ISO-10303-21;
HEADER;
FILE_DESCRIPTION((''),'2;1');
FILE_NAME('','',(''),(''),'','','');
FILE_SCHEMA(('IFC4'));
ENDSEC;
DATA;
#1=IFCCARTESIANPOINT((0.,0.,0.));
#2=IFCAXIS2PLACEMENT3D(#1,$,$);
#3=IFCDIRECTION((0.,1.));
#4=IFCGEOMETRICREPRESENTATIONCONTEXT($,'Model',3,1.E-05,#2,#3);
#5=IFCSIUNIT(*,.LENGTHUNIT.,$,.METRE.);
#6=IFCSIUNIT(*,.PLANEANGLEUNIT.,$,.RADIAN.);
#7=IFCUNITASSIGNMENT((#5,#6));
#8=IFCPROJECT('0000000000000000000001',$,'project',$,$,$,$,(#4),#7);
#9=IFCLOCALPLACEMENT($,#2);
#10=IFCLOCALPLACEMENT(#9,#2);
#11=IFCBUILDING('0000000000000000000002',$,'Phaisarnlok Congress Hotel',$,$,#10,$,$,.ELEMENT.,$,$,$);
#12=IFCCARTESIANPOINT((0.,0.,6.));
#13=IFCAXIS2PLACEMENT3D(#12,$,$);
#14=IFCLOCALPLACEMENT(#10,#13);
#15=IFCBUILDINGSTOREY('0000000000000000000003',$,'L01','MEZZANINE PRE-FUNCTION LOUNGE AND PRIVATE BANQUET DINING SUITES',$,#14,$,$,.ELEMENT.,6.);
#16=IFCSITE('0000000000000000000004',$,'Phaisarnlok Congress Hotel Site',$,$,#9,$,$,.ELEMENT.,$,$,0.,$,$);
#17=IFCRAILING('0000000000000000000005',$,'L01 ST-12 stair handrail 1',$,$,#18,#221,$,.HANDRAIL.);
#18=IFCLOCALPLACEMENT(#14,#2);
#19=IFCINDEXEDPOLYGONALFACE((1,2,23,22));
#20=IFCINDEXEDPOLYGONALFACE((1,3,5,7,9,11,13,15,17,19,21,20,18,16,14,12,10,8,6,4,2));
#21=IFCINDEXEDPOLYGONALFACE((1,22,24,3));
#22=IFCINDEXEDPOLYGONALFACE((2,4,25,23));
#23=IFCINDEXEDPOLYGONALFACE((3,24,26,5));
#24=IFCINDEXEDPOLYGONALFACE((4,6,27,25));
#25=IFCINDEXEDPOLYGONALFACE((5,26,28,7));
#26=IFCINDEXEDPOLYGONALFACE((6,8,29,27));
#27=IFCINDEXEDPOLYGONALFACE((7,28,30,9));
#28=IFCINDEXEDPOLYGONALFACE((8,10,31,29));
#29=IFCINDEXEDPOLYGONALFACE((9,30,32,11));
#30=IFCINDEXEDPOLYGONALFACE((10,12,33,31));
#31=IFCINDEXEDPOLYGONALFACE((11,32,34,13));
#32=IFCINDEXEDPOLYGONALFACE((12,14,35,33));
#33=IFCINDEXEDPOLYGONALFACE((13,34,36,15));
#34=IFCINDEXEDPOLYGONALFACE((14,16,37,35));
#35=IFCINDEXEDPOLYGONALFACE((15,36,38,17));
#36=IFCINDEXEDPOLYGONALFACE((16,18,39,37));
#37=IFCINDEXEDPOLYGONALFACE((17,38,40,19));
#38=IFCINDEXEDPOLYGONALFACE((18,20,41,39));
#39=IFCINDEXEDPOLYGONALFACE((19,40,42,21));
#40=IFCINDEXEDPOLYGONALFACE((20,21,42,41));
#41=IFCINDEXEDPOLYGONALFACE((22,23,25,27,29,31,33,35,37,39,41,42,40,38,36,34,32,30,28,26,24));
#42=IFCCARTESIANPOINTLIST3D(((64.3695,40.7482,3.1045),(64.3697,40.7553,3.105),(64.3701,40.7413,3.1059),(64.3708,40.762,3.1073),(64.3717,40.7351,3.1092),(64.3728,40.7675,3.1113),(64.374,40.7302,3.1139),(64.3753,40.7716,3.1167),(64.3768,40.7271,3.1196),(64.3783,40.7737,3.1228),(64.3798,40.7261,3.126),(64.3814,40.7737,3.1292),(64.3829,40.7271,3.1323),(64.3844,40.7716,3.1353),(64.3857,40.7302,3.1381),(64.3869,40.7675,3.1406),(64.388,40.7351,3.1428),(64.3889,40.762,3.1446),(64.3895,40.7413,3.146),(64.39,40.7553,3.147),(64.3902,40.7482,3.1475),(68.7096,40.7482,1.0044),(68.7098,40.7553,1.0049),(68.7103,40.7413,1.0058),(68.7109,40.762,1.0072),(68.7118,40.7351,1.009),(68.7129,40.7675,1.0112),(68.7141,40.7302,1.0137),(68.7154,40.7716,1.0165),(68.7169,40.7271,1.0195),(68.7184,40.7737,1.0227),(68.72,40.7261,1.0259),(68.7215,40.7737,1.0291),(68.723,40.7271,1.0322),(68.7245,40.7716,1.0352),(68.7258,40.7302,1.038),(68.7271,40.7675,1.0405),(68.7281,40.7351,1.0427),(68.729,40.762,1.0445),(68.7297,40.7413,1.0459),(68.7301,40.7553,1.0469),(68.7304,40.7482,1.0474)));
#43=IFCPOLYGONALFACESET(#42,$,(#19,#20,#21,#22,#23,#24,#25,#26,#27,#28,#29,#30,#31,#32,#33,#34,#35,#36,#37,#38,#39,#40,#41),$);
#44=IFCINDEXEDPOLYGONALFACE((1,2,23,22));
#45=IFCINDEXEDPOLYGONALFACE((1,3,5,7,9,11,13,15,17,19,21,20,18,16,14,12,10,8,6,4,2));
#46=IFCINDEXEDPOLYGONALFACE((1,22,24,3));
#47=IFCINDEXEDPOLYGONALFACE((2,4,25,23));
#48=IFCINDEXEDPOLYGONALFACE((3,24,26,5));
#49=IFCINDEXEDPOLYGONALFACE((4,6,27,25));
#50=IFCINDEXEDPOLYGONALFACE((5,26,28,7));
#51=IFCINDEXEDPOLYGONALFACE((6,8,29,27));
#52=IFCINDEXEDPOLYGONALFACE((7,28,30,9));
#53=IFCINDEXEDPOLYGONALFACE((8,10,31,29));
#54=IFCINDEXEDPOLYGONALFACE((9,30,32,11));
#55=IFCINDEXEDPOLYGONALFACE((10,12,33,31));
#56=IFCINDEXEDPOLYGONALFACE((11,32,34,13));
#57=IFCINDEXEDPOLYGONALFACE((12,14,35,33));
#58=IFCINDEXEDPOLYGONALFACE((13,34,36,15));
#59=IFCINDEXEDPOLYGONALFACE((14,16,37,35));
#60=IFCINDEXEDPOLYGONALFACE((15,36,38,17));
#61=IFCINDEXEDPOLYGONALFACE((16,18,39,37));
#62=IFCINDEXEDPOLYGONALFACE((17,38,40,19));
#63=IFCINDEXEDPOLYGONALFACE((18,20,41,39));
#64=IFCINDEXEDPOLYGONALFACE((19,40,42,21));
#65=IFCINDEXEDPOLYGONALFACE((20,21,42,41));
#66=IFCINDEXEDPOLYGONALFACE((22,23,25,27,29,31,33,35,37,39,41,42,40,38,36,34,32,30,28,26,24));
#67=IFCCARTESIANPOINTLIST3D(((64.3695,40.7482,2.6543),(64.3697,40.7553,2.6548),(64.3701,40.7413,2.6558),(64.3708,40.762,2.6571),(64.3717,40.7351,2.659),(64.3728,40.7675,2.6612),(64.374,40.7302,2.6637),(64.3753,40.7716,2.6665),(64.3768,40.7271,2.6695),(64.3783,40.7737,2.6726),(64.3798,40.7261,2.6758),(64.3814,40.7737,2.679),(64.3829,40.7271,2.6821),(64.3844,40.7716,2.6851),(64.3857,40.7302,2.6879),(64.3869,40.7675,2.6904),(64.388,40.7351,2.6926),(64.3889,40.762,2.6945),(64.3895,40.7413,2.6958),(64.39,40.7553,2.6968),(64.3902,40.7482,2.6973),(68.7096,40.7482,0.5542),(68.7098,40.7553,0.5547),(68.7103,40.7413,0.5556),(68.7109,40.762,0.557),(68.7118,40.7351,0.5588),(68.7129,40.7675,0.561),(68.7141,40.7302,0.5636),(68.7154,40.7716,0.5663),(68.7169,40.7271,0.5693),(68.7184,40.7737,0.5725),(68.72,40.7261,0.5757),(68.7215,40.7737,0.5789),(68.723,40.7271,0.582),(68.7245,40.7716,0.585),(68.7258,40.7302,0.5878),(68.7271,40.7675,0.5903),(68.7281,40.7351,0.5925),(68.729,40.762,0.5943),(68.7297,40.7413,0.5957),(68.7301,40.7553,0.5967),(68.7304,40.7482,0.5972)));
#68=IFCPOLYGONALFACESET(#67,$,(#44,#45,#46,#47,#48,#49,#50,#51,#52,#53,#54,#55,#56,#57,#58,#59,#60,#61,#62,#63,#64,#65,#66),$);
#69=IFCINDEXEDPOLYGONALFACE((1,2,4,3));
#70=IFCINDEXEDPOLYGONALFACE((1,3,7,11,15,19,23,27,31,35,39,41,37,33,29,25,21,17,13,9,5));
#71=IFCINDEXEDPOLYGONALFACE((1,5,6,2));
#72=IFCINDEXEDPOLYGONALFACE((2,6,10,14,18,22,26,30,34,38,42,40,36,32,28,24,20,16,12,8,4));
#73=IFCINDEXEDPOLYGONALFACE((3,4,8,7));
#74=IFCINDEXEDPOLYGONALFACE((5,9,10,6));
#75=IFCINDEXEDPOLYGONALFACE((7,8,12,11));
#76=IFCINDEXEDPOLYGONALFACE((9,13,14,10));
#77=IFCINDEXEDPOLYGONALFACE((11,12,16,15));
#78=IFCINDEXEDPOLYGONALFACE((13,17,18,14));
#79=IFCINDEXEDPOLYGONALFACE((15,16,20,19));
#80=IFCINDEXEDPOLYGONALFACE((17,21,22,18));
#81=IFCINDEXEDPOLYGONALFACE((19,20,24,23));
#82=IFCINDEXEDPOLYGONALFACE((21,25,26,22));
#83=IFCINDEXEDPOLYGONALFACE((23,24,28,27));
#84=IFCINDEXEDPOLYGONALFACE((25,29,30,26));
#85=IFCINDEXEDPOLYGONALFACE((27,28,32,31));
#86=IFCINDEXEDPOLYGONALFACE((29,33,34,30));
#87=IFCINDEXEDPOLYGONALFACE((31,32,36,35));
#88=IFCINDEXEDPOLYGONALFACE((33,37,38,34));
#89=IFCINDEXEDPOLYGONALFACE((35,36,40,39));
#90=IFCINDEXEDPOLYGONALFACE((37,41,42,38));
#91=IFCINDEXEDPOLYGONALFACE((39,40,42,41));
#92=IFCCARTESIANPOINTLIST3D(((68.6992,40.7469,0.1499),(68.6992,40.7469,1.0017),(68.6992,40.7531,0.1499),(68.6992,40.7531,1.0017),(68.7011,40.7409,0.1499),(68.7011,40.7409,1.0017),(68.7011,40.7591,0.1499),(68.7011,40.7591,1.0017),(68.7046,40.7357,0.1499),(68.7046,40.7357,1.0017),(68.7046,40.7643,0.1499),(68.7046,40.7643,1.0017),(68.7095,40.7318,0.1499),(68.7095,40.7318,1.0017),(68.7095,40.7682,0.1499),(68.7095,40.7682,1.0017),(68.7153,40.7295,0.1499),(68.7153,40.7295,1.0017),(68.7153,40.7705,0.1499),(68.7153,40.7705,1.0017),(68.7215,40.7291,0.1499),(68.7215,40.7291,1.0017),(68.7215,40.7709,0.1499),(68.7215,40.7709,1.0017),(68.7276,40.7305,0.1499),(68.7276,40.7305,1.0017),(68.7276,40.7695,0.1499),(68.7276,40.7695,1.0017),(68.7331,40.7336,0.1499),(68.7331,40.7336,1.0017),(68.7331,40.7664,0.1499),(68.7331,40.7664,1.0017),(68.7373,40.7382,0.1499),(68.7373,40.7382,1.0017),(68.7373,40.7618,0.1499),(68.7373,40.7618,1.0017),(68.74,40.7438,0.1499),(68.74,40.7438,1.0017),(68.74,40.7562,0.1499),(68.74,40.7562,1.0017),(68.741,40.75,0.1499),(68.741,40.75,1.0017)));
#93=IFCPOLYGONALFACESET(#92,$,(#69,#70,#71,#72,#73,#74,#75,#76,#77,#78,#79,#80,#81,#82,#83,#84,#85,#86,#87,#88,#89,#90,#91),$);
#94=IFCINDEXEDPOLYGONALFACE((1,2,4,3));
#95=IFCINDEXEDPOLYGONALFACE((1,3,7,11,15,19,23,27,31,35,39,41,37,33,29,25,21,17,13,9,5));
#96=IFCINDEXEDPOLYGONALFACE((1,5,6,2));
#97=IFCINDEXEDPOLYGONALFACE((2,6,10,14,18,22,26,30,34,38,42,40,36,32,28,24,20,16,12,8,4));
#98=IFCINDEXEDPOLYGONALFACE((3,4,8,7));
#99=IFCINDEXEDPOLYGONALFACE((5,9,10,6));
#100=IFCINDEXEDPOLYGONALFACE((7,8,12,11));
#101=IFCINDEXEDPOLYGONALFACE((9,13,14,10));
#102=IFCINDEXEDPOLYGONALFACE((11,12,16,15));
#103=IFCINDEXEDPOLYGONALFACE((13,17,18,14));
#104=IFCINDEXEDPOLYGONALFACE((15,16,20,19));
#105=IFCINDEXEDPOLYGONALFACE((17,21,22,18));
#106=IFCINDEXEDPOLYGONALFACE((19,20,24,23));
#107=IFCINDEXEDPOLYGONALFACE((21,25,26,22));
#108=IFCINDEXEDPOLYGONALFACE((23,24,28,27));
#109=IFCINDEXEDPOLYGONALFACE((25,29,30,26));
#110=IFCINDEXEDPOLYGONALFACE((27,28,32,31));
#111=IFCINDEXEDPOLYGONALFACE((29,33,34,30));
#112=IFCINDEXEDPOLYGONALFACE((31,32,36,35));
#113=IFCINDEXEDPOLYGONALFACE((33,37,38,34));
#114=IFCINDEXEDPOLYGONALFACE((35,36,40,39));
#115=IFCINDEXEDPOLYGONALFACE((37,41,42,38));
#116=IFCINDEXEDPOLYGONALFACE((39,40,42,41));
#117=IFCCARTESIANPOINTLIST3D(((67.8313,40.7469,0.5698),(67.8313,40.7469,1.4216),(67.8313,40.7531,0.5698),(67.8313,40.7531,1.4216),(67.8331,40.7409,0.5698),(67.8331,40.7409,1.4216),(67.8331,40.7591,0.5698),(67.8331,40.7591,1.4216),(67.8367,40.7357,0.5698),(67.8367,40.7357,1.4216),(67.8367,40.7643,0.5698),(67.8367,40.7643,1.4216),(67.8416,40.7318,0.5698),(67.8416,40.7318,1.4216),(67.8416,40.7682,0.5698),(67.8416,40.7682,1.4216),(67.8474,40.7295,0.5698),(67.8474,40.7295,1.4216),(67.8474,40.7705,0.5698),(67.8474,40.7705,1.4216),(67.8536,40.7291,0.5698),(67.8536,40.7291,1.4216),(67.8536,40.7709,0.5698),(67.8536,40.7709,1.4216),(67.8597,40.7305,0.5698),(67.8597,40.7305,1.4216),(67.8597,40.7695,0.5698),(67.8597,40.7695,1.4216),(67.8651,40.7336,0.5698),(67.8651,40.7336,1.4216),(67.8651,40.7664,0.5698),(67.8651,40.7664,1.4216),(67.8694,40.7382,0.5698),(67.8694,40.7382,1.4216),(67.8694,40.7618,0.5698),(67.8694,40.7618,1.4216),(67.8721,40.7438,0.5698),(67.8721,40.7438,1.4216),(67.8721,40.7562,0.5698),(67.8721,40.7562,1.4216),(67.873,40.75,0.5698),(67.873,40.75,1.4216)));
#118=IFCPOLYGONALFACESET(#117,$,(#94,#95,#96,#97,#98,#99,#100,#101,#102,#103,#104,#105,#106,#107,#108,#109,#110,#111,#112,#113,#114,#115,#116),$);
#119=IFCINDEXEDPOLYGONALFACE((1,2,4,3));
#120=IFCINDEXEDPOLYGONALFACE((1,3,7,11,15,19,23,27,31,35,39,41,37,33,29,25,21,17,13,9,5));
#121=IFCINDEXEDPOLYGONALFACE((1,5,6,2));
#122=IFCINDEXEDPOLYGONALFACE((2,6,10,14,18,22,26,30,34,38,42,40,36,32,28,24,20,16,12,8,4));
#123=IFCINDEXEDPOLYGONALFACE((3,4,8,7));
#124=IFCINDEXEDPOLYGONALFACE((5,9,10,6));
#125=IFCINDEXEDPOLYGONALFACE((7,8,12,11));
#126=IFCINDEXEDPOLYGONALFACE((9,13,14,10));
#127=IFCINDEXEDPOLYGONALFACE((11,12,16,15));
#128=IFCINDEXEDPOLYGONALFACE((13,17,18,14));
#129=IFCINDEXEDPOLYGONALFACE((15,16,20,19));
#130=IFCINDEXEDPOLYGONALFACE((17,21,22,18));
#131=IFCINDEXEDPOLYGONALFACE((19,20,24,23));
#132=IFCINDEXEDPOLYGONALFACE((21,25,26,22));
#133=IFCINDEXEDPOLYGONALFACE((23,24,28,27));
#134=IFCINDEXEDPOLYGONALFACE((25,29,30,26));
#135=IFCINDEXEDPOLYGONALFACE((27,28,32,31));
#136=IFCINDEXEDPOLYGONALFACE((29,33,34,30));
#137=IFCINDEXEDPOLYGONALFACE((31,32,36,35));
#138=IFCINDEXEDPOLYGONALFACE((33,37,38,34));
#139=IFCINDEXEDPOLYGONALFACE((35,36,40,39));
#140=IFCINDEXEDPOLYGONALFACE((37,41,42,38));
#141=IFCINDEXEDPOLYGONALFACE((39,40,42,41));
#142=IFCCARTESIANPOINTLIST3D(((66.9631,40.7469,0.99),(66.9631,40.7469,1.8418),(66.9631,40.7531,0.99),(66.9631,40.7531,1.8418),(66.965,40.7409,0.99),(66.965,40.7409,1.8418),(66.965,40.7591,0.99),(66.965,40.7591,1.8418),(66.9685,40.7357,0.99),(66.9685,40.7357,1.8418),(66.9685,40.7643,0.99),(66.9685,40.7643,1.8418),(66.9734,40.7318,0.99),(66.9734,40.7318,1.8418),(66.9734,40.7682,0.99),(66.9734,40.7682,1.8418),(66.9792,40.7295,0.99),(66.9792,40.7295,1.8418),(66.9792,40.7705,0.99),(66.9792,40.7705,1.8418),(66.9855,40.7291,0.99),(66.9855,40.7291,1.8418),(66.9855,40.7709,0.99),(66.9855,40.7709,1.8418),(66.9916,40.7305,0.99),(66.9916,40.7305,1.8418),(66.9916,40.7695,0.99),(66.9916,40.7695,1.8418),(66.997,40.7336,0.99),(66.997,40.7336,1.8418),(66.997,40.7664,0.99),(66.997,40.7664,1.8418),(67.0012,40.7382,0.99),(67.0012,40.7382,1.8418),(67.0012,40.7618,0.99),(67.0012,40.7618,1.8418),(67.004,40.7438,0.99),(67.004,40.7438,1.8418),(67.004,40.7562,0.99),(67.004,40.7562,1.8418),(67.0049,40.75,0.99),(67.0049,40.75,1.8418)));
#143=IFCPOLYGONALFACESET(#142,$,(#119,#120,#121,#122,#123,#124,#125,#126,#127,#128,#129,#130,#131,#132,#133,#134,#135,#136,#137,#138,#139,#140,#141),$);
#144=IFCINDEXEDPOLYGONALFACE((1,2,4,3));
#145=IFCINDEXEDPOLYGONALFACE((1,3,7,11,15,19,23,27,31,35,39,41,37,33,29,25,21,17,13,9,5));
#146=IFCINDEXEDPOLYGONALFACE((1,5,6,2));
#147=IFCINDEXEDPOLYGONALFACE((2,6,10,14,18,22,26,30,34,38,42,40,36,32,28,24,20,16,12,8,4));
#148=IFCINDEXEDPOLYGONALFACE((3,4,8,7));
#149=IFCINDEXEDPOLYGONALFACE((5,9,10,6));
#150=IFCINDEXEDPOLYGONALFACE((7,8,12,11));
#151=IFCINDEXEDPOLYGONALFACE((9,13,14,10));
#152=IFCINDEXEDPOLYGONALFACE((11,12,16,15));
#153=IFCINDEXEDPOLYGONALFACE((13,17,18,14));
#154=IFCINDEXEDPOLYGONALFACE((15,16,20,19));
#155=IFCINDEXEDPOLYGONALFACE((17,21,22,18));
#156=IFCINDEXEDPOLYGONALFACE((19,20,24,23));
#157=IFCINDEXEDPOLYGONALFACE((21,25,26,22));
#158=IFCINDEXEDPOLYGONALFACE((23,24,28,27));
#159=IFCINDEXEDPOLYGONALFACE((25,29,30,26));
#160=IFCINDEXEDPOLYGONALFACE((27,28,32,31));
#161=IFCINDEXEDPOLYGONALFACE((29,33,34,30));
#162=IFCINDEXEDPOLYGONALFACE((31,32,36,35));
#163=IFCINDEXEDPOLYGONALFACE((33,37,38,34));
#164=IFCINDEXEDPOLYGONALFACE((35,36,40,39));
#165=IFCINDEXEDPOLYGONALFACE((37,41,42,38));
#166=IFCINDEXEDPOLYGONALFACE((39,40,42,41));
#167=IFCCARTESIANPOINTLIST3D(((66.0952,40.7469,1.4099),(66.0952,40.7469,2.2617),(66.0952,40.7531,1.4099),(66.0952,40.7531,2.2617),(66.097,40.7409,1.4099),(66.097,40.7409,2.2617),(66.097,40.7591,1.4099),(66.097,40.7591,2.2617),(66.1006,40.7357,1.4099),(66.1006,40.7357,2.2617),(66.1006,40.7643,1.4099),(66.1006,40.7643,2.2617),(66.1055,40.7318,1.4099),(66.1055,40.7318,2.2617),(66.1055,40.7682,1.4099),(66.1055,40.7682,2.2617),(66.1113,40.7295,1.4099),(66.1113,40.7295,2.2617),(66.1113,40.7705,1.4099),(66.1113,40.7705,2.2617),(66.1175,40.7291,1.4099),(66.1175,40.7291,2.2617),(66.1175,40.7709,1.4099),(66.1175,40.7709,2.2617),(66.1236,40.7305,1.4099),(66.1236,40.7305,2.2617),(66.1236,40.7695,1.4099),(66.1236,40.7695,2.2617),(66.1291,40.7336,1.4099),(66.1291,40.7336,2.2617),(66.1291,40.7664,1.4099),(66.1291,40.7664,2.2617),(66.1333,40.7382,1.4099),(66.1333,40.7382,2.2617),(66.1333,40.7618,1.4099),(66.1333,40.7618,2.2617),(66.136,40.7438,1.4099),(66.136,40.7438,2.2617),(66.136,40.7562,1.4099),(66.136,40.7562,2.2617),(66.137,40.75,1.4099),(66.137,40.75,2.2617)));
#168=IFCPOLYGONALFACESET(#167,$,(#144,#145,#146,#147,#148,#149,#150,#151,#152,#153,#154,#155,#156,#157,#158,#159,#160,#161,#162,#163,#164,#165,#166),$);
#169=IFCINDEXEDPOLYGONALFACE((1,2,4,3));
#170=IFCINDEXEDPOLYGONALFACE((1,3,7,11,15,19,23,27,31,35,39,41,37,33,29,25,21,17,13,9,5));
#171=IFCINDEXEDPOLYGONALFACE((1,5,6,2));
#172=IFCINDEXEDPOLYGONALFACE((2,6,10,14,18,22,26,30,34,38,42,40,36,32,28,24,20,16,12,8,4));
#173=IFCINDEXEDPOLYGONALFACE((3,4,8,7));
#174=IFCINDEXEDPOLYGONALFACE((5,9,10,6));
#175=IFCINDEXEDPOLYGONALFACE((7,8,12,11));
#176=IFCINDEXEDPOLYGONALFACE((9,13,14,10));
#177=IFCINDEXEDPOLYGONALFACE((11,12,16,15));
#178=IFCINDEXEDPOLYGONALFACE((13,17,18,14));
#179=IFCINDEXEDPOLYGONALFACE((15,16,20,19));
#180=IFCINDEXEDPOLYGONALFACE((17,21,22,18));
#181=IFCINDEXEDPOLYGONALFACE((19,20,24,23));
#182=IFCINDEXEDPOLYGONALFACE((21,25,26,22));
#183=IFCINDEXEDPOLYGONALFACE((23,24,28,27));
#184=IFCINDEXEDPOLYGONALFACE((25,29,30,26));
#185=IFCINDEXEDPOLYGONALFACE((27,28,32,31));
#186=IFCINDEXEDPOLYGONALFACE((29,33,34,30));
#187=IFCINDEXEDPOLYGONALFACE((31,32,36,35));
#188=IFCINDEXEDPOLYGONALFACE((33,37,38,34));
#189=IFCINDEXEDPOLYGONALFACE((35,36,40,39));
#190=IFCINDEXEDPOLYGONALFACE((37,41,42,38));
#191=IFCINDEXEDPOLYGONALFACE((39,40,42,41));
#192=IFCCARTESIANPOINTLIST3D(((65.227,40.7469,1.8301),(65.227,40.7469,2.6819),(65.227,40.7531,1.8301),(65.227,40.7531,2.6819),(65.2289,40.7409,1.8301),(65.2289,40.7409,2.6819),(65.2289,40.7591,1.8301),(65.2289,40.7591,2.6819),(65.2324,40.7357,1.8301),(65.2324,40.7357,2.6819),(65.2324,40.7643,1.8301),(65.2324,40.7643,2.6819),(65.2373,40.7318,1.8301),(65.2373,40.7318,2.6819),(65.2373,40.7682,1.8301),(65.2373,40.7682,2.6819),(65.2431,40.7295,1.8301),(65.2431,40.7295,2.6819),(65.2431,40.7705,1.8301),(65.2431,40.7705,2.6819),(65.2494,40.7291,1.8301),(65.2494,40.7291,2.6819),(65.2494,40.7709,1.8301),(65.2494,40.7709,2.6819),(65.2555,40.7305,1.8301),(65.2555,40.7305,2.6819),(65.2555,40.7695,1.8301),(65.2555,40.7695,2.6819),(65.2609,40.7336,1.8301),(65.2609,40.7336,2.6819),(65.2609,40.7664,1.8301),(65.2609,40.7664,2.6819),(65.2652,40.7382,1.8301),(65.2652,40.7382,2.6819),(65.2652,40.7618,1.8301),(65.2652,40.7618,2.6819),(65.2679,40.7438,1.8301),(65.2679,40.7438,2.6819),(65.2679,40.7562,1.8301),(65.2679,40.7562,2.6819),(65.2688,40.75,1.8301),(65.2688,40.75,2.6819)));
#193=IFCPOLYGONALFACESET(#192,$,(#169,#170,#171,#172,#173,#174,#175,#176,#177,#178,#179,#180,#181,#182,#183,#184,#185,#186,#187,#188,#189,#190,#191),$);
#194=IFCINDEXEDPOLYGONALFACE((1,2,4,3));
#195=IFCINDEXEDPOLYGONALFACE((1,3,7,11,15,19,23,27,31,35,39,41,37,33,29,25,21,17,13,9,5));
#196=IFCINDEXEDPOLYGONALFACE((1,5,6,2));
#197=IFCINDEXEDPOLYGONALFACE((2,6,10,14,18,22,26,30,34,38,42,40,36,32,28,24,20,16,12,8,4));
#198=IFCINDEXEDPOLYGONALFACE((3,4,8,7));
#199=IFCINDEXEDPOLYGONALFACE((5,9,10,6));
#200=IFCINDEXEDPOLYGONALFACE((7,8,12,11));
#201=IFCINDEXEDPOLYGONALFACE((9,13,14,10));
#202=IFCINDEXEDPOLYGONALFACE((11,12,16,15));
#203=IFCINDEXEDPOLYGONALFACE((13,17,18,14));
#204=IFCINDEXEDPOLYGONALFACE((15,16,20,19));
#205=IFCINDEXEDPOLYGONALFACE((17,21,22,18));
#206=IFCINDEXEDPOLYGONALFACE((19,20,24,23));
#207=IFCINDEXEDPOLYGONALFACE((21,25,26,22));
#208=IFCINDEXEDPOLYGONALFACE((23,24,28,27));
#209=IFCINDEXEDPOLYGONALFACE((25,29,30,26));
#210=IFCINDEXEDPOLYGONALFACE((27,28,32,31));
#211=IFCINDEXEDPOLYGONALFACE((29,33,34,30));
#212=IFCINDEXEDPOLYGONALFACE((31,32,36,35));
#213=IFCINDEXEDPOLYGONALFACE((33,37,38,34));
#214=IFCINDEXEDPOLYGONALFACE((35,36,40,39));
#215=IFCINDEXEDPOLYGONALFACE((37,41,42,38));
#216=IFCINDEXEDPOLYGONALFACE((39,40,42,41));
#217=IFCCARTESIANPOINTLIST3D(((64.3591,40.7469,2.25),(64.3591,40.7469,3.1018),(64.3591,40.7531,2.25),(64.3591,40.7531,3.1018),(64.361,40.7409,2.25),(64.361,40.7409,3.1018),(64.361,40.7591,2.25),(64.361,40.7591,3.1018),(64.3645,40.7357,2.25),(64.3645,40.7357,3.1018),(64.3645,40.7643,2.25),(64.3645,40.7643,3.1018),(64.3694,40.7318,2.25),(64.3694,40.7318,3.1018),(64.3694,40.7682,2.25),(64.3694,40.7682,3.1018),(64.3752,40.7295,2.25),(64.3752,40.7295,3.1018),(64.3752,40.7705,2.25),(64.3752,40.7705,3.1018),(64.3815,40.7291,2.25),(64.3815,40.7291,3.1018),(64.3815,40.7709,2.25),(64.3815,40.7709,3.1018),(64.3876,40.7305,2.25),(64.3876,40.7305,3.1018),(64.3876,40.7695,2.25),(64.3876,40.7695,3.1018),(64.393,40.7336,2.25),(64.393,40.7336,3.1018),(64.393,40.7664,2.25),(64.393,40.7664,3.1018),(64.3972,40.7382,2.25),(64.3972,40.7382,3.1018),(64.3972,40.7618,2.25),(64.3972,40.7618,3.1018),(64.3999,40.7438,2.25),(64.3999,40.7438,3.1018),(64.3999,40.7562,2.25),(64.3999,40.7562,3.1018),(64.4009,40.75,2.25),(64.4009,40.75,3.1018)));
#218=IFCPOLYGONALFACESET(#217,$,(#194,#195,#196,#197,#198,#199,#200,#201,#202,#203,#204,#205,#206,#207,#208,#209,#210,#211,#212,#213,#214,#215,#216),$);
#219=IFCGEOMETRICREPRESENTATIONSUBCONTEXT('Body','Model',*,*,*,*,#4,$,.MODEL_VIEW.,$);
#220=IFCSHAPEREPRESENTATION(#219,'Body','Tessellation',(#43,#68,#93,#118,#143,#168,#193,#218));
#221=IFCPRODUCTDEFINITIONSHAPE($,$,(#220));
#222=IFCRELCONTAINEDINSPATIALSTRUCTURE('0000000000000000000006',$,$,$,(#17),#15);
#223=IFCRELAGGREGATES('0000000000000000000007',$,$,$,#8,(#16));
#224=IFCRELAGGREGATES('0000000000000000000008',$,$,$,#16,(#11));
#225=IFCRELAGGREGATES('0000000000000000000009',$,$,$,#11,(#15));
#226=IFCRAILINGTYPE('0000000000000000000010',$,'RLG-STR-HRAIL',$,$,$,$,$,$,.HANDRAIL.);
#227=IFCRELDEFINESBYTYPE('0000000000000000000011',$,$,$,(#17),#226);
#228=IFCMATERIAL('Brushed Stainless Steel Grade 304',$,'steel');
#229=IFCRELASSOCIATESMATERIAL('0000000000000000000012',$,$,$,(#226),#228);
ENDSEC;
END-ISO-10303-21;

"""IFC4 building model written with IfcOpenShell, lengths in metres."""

from ifc_helpers import new_model, si_unit, direction, frame, origin, origin_2d, place, context, subcontext, project, spatial, circle, extrude, material, type_object, element, save


model = new_model("IFC4")

# Units and contexts
model_context = context("Model", 3, precision=1e-05, world=origin(), true_north=direction((0.0, 1.0)))
body_context = subcontext(model_context, "Body", "Model", "MODEL_VIEW")
ifc_project = project(units=[si_unit("LENGTHUNIT", "METRE"), si_unit("PLANEANGLEUNIT", "RADIAN")], contexts=[model_context])

# Site, building, storey
site_placement = place(None, origin())
site = spatial("IfcSite", under=ifc_project, at=site_placement, Name="Phaisarnlok Congress Hotel Site", CompositionType="ELEMENT", RefElevation=0.0)
building_placement = place(site_placement, origin())
building = spatial("IfcBuilding", under=site, at=building_placement, Name="Phaisarnlok Congress Hotel", CompositionType="ELEMENT")
storey_placement = place(building_placement, frame((0.0, 0.0, 6.0)))
storey = spatial("IfcBuildingStorey", under=building, at=storey_placement, Name="L01", Description="MEZZANINE PRE-FUNCTION LOUNGE AND PRIVATE BANQUET DINING SUITES", CompositionType="ELEMENT", Elevation=6.0)

# Railing
ifc_material_1 = material(Name="Brushed Stainless Steel Grade 304", Category="steel")
railing_type_1 = type_object("IfcRailingType", Name="RLG-STR-HRAIL", PredefinedType="HANDRAIL", material=ifc_material_1)
railing_1_placement = place(storey_placement, frame((68.72, 40.75, 0.1499)))
element("IfcRailing", 1, at=railing_1_placement, inside=storey, type_object=railing_type_1, Name="L01 ST-12 stair handrail 1", PredefinedType="HANDRAIL", context=body_context, shape_type="SweptSolid", body=[
    extrude(circle(Radius=0.0239, at=origin_2d()), frame((0.0, 0.0, 0.876), z_axis=(-0.900155, 0.0, 0.43557), x_axis=(0.0, -1.0, 0.0)), (0.0, 0.0, 1.0), 4.8215),
    extrude(circle(Radius=0.0239, at=origin_2d()), frame((0.0, 0.0, 0.4258), z_axis=(-0.900155, 0.0, 0.43557), x_axis=(0.0, -1.0, 0.0)), (0.0, 0.0, 1.0), 4.8215),
    extrude(circle(Radius=0.021, at=origin_2d()), origin(), (0.0, 0.0, 1.0), 0.8518),
    extrude(circle(Radius=0.021, at=origin_2d()), frame((-0.8679, 0.0, 0.4199)), (0.0, 0.0, 1.0), 0.8518),
    extrude(circle(Radius=0.021, at=origin_2d()), frame((-1.7361, 0.0, 0.8401)), (0.0, 0.0, 1.0), 0.8518),
    extrude(circle(Radius=0.021, at=origin_2d()), frame((-2.604, 0.0, 1.26)), (0.0, 0.0, 1.0), 0.8518),
    extrude(circle(Radius=0.021, at=origin_2d()), frame((-3.4722, 0.0, 1.6802)), (0.0, 0.0, 1.0), 0.8518),
    extrude(circle(Radius=0.021, at=origin_2d()), frame((-4.3401, 0.0, 2.1001)), (0.0, 0.0, 1.0), 0.8518),
])

save(model, "model.ifc")
